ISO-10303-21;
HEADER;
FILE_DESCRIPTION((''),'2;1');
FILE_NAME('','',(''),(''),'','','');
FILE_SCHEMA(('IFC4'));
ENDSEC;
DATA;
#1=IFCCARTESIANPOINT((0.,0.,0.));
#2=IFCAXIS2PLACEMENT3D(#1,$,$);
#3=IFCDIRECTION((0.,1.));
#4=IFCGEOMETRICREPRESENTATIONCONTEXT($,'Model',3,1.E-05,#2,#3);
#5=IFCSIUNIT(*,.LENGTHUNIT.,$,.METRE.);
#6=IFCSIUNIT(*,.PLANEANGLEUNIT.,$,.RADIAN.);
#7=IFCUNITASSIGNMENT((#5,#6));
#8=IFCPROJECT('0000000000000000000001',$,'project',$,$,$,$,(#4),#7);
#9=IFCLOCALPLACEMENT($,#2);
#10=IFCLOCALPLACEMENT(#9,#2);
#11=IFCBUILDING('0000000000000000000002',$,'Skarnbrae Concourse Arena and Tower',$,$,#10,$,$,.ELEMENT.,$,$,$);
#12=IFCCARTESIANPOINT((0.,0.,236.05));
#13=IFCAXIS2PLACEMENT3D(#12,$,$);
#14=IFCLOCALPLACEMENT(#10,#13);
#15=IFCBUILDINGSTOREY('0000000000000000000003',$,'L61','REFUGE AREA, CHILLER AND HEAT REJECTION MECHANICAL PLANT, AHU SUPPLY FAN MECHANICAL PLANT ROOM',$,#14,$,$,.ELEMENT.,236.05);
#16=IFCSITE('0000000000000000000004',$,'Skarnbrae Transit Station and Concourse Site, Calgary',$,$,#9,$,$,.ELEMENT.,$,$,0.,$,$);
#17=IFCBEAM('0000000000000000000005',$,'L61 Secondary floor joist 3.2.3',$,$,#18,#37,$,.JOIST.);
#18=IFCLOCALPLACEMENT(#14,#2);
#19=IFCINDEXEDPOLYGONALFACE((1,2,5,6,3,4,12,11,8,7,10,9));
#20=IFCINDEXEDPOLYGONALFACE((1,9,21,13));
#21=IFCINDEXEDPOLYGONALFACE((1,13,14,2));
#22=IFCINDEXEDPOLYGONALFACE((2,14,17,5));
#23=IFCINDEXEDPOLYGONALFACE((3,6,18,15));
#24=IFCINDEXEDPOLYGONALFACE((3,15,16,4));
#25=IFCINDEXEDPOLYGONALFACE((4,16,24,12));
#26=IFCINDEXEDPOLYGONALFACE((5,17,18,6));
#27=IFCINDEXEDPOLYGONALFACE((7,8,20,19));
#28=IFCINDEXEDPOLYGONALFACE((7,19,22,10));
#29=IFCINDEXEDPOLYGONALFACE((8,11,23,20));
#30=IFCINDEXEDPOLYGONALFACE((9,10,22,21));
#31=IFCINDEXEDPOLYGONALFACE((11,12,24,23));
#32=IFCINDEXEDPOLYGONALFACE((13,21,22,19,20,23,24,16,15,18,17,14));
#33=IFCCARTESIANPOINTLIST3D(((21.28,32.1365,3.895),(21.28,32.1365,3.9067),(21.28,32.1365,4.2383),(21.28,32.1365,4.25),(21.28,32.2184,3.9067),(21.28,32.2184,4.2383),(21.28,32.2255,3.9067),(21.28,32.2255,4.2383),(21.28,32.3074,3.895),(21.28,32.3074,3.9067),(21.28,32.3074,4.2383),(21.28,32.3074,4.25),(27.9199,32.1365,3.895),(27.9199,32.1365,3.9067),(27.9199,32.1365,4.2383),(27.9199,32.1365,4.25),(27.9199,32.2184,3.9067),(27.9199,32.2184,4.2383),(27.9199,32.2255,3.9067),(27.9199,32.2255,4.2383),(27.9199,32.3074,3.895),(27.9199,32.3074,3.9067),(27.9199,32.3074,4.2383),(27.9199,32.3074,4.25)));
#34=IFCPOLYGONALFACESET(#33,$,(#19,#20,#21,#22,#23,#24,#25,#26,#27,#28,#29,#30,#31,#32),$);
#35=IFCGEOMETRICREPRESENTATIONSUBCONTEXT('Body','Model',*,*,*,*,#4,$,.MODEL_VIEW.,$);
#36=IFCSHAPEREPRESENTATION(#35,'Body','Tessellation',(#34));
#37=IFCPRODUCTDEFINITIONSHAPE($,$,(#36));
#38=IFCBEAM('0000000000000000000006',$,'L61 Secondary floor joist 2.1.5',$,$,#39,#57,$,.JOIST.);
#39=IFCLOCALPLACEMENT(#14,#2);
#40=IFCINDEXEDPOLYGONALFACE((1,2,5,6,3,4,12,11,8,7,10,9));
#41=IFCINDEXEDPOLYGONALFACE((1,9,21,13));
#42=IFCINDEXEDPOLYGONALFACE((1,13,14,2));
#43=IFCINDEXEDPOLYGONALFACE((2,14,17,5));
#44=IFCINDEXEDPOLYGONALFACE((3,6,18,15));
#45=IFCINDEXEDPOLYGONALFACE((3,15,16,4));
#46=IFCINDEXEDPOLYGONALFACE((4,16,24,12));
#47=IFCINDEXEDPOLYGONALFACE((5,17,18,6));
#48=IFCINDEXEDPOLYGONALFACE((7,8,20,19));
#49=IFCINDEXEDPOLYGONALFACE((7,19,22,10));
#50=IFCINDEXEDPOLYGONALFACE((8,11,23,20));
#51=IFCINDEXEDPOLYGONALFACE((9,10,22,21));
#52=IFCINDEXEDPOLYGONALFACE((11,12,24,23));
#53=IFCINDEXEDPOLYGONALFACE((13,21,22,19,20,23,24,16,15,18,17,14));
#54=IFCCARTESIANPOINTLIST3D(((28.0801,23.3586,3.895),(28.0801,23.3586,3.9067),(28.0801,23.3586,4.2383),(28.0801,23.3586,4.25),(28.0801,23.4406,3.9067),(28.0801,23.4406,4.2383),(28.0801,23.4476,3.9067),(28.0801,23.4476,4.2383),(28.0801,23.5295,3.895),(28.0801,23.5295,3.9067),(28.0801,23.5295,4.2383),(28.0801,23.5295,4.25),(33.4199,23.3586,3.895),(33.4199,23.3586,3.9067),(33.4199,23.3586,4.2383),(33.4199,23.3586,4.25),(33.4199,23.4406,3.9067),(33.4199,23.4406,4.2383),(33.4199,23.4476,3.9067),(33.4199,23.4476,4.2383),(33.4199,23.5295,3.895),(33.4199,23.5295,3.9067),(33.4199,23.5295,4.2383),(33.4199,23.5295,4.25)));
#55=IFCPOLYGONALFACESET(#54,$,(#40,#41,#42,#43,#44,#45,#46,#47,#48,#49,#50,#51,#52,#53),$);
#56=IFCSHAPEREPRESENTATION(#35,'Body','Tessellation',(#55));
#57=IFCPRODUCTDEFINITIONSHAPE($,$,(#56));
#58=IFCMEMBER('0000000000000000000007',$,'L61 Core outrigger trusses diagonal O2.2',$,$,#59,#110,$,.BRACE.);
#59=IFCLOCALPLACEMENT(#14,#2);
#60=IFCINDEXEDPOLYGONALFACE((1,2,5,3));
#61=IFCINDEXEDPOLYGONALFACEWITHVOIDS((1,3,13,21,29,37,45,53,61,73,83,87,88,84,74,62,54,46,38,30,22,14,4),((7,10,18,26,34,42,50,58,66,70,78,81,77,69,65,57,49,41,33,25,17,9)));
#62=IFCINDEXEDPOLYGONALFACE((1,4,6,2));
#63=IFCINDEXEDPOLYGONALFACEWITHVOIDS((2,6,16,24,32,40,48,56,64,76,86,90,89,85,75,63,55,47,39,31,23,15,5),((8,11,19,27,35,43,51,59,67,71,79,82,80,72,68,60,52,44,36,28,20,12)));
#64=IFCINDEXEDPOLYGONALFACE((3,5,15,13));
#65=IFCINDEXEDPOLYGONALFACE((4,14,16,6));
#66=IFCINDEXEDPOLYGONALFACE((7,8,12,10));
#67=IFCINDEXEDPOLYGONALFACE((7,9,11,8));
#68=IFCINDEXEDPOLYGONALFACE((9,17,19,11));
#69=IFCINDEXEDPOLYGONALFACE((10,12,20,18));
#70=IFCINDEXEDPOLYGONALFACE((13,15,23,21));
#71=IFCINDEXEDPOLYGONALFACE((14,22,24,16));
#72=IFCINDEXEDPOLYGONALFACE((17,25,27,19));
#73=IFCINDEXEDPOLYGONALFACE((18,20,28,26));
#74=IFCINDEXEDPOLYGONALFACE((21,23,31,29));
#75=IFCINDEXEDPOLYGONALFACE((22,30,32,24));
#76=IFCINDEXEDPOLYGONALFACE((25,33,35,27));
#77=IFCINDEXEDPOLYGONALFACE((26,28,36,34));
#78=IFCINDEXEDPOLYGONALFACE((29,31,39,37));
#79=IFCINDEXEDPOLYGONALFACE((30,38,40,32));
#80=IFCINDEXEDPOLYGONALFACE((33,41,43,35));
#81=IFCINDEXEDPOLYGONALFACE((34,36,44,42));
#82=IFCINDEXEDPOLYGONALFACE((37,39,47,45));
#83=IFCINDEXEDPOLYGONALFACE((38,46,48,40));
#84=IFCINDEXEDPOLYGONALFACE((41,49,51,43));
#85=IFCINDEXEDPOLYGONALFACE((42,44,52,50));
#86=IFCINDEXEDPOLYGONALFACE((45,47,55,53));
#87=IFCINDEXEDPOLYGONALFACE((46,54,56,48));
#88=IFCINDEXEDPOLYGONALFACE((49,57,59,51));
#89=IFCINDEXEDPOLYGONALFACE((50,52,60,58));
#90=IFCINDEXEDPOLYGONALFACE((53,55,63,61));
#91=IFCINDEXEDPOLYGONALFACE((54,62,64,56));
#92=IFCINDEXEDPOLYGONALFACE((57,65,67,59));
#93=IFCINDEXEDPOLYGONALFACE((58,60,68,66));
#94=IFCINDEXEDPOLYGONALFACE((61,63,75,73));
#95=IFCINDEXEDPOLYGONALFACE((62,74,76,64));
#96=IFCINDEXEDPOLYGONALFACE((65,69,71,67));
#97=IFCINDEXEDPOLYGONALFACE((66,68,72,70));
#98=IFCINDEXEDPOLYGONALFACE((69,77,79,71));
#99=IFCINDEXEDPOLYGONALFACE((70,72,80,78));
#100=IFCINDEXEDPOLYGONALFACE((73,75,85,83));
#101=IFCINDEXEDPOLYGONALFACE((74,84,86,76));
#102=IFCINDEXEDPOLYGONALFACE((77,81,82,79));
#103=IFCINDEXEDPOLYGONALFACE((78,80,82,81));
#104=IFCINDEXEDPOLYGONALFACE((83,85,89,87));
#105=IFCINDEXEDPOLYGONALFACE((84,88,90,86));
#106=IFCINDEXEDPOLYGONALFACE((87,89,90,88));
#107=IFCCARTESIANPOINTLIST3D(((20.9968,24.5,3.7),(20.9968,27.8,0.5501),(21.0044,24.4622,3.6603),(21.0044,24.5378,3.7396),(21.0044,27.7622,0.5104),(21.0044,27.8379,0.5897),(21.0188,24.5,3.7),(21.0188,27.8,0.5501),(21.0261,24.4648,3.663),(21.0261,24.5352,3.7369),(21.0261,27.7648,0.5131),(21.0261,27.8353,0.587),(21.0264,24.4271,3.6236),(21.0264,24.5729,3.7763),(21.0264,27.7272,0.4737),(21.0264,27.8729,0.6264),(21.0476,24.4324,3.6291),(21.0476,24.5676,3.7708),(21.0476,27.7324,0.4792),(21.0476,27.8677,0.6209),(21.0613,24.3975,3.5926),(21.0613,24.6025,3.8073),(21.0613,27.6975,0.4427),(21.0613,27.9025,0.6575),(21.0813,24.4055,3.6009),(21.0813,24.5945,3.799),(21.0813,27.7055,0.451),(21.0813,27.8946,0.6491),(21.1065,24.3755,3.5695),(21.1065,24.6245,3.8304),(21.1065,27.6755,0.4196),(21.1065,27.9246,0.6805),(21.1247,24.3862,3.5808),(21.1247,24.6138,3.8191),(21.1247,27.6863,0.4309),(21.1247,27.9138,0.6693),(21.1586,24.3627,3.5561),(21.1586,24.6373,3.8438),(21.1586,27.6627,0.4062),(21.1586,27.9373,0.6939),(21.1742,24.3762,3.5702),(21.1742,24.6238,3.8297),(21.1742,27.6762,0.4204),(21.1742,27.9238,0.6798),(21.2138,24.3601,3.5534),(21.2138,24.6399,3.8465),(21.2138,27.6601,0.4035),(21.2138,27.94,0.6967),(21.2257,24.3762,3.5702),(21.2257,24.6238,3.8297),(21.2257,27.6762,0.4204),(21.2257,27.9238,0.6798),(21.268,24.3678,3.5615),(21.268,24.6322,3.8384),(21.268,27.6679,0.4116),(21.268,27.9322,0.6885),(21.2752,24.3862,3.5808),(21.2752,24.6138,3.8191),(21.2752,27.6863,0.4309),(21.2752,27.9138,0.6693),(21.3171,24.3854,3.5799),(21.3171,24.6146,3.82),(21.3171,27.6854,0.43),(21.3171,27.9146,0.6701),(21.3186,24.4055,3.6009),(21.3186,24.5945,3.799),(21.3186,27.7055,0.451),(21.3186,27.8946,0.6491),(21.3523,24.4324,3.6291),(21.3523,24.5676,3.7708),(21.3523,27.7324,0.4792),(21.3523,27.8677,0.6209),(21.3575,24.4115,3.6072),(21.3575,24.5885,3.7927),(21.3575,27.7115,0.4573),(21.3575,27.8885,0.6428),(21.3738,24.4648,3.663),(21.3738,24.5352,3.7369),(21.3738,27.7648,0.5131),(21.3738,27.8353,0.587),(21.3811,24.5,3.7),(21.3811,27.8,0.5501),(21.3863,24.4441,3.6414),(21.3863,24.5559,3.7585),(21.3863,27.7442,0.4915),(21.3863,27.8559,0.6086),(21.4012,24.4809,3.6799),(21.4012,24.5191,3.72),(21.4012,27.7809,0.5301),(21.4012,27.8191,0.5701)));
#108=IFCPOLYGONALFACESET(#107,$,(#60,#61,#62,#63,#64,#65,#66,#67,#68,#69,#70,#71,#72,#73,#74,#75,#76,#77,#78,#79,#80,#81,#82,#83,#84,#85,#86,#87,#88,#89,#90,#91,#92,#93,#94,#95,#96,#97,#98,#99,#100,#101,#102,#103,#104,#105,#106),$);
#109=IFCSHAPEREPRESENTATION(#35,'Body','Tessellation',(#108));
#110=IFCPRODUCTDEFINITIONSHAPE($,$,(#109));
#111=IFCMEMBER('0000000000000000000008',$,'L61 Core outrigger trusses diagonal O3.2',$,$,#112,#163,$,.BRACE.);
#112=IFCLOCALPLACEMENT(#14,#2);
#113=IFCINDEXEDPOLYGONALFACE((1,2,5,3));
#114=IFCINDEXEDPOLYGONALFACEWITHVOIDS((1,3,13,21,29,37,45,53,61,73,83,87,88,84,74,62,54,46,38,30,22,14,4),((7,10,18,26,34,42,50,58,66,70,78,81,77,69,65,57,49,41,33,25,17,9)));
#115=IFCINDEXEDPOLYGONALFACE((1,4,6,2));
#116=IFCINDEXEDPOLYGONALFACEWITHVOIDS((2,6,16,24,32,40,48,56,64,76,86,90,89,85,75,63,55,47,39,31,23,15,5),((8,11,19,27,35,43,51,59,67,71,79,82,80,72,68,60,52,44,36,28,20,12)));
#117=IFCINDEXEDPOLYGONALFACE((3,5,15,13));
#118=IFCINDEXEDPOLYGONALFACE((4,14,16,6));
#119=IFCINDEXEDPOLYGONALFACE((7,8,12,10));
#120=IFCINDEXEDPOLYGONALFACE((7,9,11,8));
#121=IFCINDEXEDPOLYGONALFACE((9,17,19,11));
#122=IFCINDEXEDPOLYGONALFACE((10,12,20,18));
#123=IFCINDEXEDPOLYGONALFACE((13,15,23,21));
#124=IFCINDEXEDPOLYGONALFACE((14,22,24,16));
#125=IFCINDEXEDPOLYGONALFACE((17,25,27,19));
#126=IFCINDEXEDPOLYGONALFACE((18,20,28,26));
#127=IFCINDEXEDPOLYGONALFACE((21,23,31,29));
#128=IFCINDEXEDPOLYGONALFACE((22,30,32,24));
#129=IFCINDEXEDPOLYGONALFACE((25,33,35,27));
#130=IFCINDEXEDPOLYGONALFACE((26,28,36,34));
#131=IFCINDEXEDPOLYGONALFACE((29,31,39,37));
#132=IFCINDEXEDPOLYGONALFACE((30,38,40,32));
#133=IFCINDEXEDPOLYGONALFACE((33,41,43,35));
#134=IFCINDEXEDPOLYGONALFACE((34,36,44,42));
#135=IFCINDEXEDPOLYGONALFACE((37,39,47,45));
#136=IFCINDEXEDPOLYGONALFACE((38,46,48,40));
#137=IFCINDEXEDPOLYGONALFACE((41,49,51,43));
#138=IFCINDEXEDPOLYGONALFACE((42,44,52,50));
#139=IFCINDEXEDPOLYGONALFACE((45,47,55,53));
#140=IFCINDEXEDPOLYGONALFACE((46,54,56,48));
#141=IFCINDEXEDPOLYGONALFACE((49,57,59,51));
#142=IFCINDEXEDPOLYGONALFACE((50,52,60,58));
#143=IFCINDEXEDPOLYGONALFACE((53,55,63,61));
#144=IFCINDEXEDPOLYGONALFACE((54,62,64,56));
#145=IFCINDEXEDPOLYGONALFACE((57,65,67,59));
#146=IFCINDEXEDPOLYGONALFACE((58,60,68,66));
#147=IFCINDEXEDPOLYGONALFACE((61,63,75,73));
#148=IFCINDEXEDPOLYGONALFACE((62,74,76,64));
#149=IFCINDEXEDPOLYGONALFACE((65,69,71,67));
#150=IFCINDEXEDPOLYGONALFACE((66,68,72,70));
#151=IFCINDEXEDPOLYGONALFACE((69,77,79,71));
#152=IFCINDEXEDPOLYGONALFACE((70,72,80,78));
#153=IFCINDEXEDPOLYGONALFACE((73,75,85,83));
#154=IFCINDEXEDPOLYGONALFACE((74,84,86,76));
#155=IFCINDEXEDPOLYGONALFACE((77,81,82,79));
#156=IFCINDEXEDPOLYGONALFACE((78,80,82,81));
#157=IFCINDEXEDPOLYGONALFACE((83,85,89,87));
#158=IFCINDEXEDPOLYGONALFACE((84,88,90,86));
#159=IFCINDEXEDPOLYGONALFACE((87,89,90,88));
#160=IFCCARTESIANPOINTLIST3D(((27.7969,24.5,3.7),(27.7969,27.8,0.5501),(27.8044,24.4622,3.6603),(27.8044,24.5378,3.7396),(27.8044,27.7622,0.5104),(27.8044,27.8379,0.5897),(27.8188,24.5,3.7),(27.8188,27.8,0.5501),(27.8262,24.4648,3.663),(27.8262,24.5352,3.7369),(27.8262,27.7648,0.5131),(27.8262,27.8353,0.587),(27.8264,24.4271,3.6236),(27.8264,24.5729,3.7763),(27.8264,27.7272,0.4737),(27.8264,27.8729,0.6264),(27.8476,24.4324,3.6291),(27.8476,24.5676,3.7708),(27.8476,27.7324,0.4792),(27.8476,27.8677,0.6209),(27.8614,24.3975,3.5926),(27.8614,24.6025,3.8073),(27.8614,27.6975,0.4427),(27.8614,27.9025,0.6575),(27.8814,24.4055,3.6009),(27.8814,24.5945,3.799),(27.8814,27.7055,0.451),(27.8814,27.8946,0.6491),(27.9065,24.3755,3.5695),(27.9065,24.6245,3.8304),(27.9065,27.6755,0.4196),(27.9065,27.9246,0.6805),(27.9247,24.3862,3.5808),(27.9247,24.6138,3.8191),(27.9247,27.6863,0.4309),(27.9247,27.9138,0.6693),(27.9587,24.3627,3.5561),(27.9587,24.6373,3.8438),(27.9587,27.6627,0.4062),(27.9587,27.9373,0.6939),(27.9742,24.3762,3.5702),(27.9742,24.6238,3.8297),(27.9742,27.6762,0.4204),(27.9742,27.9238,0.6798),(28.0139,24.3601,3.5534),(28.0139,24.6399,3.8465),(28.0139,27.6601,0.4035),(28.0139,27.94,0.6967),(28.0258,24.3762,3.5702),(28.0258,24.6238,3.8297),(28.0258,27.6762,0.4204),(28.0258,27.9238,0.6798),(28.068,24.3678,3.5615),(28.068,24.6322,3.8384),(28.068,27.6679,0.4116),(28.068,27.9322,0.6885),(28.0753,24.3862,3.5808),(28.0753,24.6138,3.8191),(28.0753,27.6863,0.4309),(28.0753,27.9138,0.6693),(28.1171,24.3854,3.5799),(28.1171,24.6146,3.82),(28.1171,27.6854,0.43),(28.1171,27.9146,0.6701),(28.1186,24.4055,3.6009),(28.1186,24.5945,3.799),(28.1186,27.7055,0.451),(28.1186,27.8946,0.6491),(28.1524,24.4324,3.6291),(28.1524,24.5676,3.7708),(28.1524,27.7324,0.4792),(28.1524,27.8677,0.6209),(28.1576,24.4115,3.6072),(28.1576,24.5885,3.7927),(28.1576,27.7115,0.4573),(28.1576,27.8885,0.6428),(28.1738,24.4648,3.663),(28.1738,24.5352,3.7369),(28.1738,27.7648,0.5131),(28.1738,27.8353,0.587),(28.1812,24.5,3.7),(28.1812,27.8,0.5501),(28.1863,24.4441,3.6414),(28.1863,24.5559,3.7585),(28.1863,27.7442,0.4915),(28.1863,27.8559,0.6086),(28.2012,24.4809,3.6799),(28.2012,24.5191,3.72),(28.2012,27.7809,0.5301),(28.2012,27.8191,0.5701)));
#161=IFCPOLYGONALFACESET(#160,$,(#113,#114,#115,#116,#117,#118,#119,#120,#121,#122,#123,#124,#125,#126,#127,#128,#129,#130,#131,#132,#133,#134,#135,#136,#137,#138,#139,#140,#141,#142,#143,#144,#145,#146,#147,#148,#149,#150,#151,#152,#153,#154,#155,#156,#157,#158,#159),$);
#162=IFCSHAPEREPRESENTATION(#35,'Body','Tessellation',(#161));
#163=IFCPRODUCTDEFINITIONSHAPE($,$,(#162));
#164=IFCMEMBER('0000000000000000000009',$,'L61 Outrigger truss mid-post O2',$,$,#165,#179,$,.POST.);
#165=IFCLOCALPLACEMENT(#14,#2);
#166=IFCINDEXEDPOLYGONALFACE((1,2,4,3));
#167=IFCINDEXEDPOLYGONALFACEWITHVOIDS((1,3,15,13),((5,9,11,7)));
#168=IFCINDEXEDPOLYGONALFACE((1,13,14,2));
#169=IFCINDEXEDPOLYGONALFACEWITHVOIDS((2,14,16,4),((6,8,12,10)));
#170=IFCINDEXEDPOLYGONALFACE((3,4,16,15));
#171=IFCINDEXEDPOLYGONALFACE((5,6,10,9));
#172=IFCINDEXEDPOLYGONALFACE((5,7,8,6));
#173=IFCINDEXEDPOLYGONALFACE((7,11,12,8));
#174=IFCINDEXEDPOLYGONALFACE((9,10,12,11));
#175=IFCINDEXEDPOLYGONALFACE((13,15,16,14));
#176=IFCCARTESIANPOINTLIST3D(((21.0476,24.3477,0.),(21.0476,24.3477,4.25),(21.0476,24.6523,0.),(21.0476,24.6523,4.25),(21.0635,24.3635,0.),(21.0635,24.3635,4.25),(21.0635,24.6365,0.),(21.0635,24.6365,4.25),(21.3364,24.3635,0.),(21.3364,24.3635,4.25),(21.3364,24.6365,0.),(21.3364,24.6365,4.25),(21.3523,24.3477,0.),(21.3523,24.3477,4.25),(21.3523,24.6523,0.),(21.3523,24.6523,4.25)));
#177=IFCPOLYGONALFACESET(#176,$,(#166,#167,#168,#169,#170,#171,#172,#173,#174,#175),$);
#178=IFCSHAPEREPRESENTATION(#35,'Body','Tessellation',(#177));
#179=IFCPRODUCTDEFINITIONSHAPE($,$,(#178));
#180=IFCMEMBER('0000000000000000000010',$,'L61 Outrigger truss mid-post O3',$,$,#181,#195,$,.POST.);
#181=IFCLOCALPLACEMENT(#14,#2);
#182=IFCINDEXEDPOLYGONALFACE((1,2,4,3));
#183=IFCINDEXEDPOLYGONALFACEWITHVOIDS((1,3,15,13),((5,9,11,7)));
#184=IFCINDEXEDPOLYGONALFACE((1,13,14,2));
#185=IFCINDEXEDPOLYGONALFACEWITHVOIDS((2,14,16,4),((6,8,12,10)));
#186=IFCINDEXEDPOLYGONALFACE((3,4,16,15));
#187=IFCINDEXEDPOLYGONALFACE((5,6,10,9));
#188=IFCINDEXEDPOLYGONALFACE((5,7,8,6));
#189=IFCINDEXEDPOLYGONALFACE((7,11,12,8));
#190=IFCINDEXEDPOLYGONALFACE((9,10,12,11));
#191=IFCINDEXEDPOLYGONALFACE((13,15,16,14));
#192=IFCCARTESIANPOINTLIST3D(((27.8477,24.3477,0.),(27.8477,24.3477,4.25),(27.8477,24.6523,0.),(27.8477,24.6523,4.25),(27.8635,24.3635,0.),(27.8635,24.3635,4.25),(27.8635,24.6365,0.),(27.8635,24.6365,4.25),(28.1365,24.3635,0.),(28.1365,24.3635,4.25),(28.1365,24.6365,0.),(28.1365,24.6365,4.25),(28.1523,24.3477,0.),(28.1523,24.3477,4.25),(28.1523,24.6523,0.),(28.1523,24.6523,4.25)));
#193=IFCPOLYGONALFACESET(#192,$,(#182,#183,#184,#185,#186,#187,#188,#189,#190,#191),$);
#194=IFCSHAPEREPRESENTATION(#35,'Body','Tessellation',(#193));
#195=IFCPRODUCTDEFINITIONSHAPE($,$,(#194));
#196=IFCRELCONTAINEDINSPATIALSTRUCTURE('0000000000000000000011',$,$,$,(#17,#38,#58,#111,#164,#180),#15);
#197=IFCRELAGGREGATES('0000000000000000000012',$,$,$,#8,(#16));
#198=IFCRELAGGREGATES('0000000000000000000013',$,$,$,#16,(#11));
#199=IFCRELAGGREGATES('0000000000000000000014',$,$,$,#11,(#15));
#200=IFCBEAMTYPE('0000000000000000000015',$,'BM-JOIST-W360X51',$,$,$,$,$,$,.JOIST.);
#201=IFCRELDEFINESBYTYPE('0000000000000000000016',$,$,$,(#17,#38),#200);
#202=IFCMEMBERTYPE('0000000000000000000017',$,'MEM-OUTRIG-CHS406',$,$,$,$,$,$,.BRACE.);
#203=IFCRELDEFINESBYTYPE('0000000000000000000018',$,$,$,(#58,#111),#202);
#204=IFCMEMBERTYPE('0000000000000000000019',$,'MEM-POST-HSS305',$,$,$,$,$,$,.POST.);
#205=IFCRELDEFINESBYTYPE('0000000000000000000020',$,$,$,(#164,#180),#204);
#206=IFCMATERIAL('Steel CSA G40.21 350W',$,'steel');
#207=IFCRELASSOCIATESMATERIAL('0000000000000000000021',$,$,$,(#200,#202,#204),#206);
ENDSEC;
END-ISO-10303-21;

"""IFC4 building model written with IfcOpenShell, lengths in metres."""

from ifc_helpers import new_model, si_unit, direction, frame, origin, origin_2d, place, context, subcontext, project, spatial, hollow_rectangle, hollow_circle, i_section, extrude, source, transform, mapped, material, material_profile, profile_set, type_object, element, save


model = new_model("IFC4")

# Units and contexts
model_context = context("Model", 3, precision=1e-05, world=origin(), true_north=direction((0.0, 1.0)))
body_context = subcontext(model_context, "Body", "Model", "MODEL_VIEW")
ifc_project = project(units=[si_unit("LENGTHUNIT", "METRE"), si_unit("PLANEANGLEUNIT", "RADIAN")], contexts=[model_context])

# Site, building, storey
site_placement = place(None, origin())
site = spatial("IfcSite", under=ifc_project, at=site_placement, Name="Skarnbrae Transit Station and Concourse Site, Calgary", CompositionType="ELEMENT", RefElevation=0.0)
building_placement = place(site_placement, origin())
building = spatial("IfcBuilding", under=site, at=building_placement, Name="Skarnbrae Concourse Arena and Tower", CompositionType="ELEMENT")
storey_placement = place(building_placement, frame((0.0, 0.0, 236.05)))
storey = spatial("IfcBuildingStorey", under=building, at=storey_placement, Name="L61", Description="REFUGE AREA, CHILLER AND HEAT REJECTION MECHANICAL PLANT, AHU SUPPLY FAN MECHANICAL PLANT ROOM", CompositionType="ELEMENT", Elevation=236.05)

# Shared definitions
ifc_material_1 = material(Name="Steel CSA G40.21 350W", Category="steel")

# Beams
ifc_material_profile_1 = material_profile(ifc_material_1, i_section(OverallWidth=0.1709, OverallDepth=0.355, WebThickness=0.0071, FlangeThickness=0.0117, at=origin_2d()), Name="W360X51")
ifc_profile_set_1 = profile_set([ifc_material_profile_1], Name="Steel CSA G40.21 350W")
beam_type_1 = type_object("IfcBeamType", Name="BM-JOIST-W360X51", PredefinedType="JOIST", material=ifc_profile_set_1)
shared_shape_1 = source(origin(), body_context, "Body", "SweptSolid", [
    extrude(i_section(OverallWidth=0.1709, OverallDepth=0.355, WebThickness=0.0071, FlangeThickness=0.0117, at=origin_2d()), origin(), (0.0, 0.0, 1.0), 6.6399),
])
for number, where, z_axis, x_axis, name in (
    (1, (21.28, 32.2219, 4.0725), (1.0, 0.0, 0.0), (0.0, 1.0, 0.0), "L61 Secondary floor joist 3.2.3"),
):
    element("IfcBeam", number, at=place(storey_placement, frame(where, z_axis=z_axis, x_axis=x_axis)), inside=storey, type_object=beam_type_1, Name=name, PredefinedType="JOIST", context=body_context, shape_type="MappedRepresentation", body=[
        mapped(shared_shape_1, transform((0.0, 0.0, 0.0))),
    ])
shared_shape_2 = source(origin(), body_context, "Body", "SweptSolid", [
    extrude(i_section(OverallWidth=0.1709, OverallDepth=0.355, WebThickness=0.0071, FlangeThickness=0.0117, at=origin_2d()), origin(), (0.0, 0.0, 1.0), 5.3398),
])
beam_placement = place(storey_placement, frame((28.0801, 23.4441, 4.0725), z_axis=(1.0, 0.0, 0.0), x_axis=(0.0, 1.0, 0.0)))
element("IfcBeam", 2, at=beam_placement, inside=storey, type_object=beam_type_1, Name="L61 Secondary floor joist 2.1.5", PredefinedType="JOIST", context=body_context, shape_type="MappedRepresentation", body=[
    mapped(shared_shape_2, transform((0.0, 0.0, 0.0))),
])

# Members
ifc_material_profile_2 = material_profile(ifc_material_1, hollow_circle(Radius=0.2031, WallThickness=0.022, at=origin_2d()), Name="HSS406X22.0")
ifc_profile_set_2 = profile_set([ifc_material_profile_2], Name="Steel CSA G40.21 350W")
member_type_1 = type_object("IfcMemberType", Name="MEM-OUTRIG-CHS406", PredefinedType="BRACE", material=ifc_profile_set_2)
shared_shape_3 = source(origin(), body_context, "Body", "SweptSolid", [
    extrude(hollow_circle(Radius=0.2031, WallThickness=0.022, at=origin_2d()), origin(), (0.0, 0.0, 1.0), 4.562),
])
for number, where, z_axis, x_axis, name in (
    (3, (21.2, 24.5, 3.7), (0.0, 0.723371, -0.690459), (-1.0, 0.0, 0.0), "L61 Core outrigger trusses diagonal O2.2"),
    (4, (28.0, 24.5, 3.7), (0.0, 0.723371, -0.690459), (-1.0, 0.0, 0.0), "L61 Core outrigger trusses diagonal O3.2"),
):
    element("IfcMember", number, at=place(storey_placement, frame(where, z_axis=z_axis, x_axis=x_axis)), inside=storey, type_object=member_type_1, Name=name, PredefinedType="BRACE", context=body_context, shape_type="MappedRepresentation", body=[
        mapped(shared_shape_3, transform((0.0, 0.0, 0.0))),
    ])
ifc_material_profile_3 = material_profile(ifc_material_1, hollow_rectangle(XDim=0.3047, YDim=0.3047, WallThickness=0.0159, at=origin_2d()), Name="HSS305X305X15.9")
ifc_profile_set_3 = profile_set([ifc_material_profile_3], Name="Steel CSA G40.21 350W")
member_type_2 = type_object("IfcMemberType", Name="MEM-POST-HSS305", PredefinedType="POST", material=ifc_profile_set_3)
shared_shape_4 = source(origin(), body_context, "Body", "SweptSolid", [
    extrude(hollow_rectangle(XDim=0.3047, YDim=0.3047, WallThickness=0.0159, at=origin_2d()), origin(), (0.0, 0.0, 1.0), 4.25),
])
for number, where, z_axis, x_axis, name in (
    (5, (21.2, 24.5, 0.0), (0.0, 0.0, 1.0), (1.0, 0.0, 0.0), "L61 Outrigger truss mid-post O2"),
    (6, (28.0, 24.5, 0.0), (0.0, 0.0, 1.0), (1.0, 0.0, 0.0), "L61 Outrigger truss mid-post O3"),
):
    element("IfcMember", number, at=place(storey_placement, frame(where, z_axis=z_axis, x_axis=x_axis)), inside=storey, type_object=member_type_2, Name=name, PredefinedType="POST", context=body_context, shape_type="MappedRepresentation", body=[
        mapped(shared_shape_4, transform((0.0, 0.0, 0.0))),
    ])

save(model, "model.ifc")
